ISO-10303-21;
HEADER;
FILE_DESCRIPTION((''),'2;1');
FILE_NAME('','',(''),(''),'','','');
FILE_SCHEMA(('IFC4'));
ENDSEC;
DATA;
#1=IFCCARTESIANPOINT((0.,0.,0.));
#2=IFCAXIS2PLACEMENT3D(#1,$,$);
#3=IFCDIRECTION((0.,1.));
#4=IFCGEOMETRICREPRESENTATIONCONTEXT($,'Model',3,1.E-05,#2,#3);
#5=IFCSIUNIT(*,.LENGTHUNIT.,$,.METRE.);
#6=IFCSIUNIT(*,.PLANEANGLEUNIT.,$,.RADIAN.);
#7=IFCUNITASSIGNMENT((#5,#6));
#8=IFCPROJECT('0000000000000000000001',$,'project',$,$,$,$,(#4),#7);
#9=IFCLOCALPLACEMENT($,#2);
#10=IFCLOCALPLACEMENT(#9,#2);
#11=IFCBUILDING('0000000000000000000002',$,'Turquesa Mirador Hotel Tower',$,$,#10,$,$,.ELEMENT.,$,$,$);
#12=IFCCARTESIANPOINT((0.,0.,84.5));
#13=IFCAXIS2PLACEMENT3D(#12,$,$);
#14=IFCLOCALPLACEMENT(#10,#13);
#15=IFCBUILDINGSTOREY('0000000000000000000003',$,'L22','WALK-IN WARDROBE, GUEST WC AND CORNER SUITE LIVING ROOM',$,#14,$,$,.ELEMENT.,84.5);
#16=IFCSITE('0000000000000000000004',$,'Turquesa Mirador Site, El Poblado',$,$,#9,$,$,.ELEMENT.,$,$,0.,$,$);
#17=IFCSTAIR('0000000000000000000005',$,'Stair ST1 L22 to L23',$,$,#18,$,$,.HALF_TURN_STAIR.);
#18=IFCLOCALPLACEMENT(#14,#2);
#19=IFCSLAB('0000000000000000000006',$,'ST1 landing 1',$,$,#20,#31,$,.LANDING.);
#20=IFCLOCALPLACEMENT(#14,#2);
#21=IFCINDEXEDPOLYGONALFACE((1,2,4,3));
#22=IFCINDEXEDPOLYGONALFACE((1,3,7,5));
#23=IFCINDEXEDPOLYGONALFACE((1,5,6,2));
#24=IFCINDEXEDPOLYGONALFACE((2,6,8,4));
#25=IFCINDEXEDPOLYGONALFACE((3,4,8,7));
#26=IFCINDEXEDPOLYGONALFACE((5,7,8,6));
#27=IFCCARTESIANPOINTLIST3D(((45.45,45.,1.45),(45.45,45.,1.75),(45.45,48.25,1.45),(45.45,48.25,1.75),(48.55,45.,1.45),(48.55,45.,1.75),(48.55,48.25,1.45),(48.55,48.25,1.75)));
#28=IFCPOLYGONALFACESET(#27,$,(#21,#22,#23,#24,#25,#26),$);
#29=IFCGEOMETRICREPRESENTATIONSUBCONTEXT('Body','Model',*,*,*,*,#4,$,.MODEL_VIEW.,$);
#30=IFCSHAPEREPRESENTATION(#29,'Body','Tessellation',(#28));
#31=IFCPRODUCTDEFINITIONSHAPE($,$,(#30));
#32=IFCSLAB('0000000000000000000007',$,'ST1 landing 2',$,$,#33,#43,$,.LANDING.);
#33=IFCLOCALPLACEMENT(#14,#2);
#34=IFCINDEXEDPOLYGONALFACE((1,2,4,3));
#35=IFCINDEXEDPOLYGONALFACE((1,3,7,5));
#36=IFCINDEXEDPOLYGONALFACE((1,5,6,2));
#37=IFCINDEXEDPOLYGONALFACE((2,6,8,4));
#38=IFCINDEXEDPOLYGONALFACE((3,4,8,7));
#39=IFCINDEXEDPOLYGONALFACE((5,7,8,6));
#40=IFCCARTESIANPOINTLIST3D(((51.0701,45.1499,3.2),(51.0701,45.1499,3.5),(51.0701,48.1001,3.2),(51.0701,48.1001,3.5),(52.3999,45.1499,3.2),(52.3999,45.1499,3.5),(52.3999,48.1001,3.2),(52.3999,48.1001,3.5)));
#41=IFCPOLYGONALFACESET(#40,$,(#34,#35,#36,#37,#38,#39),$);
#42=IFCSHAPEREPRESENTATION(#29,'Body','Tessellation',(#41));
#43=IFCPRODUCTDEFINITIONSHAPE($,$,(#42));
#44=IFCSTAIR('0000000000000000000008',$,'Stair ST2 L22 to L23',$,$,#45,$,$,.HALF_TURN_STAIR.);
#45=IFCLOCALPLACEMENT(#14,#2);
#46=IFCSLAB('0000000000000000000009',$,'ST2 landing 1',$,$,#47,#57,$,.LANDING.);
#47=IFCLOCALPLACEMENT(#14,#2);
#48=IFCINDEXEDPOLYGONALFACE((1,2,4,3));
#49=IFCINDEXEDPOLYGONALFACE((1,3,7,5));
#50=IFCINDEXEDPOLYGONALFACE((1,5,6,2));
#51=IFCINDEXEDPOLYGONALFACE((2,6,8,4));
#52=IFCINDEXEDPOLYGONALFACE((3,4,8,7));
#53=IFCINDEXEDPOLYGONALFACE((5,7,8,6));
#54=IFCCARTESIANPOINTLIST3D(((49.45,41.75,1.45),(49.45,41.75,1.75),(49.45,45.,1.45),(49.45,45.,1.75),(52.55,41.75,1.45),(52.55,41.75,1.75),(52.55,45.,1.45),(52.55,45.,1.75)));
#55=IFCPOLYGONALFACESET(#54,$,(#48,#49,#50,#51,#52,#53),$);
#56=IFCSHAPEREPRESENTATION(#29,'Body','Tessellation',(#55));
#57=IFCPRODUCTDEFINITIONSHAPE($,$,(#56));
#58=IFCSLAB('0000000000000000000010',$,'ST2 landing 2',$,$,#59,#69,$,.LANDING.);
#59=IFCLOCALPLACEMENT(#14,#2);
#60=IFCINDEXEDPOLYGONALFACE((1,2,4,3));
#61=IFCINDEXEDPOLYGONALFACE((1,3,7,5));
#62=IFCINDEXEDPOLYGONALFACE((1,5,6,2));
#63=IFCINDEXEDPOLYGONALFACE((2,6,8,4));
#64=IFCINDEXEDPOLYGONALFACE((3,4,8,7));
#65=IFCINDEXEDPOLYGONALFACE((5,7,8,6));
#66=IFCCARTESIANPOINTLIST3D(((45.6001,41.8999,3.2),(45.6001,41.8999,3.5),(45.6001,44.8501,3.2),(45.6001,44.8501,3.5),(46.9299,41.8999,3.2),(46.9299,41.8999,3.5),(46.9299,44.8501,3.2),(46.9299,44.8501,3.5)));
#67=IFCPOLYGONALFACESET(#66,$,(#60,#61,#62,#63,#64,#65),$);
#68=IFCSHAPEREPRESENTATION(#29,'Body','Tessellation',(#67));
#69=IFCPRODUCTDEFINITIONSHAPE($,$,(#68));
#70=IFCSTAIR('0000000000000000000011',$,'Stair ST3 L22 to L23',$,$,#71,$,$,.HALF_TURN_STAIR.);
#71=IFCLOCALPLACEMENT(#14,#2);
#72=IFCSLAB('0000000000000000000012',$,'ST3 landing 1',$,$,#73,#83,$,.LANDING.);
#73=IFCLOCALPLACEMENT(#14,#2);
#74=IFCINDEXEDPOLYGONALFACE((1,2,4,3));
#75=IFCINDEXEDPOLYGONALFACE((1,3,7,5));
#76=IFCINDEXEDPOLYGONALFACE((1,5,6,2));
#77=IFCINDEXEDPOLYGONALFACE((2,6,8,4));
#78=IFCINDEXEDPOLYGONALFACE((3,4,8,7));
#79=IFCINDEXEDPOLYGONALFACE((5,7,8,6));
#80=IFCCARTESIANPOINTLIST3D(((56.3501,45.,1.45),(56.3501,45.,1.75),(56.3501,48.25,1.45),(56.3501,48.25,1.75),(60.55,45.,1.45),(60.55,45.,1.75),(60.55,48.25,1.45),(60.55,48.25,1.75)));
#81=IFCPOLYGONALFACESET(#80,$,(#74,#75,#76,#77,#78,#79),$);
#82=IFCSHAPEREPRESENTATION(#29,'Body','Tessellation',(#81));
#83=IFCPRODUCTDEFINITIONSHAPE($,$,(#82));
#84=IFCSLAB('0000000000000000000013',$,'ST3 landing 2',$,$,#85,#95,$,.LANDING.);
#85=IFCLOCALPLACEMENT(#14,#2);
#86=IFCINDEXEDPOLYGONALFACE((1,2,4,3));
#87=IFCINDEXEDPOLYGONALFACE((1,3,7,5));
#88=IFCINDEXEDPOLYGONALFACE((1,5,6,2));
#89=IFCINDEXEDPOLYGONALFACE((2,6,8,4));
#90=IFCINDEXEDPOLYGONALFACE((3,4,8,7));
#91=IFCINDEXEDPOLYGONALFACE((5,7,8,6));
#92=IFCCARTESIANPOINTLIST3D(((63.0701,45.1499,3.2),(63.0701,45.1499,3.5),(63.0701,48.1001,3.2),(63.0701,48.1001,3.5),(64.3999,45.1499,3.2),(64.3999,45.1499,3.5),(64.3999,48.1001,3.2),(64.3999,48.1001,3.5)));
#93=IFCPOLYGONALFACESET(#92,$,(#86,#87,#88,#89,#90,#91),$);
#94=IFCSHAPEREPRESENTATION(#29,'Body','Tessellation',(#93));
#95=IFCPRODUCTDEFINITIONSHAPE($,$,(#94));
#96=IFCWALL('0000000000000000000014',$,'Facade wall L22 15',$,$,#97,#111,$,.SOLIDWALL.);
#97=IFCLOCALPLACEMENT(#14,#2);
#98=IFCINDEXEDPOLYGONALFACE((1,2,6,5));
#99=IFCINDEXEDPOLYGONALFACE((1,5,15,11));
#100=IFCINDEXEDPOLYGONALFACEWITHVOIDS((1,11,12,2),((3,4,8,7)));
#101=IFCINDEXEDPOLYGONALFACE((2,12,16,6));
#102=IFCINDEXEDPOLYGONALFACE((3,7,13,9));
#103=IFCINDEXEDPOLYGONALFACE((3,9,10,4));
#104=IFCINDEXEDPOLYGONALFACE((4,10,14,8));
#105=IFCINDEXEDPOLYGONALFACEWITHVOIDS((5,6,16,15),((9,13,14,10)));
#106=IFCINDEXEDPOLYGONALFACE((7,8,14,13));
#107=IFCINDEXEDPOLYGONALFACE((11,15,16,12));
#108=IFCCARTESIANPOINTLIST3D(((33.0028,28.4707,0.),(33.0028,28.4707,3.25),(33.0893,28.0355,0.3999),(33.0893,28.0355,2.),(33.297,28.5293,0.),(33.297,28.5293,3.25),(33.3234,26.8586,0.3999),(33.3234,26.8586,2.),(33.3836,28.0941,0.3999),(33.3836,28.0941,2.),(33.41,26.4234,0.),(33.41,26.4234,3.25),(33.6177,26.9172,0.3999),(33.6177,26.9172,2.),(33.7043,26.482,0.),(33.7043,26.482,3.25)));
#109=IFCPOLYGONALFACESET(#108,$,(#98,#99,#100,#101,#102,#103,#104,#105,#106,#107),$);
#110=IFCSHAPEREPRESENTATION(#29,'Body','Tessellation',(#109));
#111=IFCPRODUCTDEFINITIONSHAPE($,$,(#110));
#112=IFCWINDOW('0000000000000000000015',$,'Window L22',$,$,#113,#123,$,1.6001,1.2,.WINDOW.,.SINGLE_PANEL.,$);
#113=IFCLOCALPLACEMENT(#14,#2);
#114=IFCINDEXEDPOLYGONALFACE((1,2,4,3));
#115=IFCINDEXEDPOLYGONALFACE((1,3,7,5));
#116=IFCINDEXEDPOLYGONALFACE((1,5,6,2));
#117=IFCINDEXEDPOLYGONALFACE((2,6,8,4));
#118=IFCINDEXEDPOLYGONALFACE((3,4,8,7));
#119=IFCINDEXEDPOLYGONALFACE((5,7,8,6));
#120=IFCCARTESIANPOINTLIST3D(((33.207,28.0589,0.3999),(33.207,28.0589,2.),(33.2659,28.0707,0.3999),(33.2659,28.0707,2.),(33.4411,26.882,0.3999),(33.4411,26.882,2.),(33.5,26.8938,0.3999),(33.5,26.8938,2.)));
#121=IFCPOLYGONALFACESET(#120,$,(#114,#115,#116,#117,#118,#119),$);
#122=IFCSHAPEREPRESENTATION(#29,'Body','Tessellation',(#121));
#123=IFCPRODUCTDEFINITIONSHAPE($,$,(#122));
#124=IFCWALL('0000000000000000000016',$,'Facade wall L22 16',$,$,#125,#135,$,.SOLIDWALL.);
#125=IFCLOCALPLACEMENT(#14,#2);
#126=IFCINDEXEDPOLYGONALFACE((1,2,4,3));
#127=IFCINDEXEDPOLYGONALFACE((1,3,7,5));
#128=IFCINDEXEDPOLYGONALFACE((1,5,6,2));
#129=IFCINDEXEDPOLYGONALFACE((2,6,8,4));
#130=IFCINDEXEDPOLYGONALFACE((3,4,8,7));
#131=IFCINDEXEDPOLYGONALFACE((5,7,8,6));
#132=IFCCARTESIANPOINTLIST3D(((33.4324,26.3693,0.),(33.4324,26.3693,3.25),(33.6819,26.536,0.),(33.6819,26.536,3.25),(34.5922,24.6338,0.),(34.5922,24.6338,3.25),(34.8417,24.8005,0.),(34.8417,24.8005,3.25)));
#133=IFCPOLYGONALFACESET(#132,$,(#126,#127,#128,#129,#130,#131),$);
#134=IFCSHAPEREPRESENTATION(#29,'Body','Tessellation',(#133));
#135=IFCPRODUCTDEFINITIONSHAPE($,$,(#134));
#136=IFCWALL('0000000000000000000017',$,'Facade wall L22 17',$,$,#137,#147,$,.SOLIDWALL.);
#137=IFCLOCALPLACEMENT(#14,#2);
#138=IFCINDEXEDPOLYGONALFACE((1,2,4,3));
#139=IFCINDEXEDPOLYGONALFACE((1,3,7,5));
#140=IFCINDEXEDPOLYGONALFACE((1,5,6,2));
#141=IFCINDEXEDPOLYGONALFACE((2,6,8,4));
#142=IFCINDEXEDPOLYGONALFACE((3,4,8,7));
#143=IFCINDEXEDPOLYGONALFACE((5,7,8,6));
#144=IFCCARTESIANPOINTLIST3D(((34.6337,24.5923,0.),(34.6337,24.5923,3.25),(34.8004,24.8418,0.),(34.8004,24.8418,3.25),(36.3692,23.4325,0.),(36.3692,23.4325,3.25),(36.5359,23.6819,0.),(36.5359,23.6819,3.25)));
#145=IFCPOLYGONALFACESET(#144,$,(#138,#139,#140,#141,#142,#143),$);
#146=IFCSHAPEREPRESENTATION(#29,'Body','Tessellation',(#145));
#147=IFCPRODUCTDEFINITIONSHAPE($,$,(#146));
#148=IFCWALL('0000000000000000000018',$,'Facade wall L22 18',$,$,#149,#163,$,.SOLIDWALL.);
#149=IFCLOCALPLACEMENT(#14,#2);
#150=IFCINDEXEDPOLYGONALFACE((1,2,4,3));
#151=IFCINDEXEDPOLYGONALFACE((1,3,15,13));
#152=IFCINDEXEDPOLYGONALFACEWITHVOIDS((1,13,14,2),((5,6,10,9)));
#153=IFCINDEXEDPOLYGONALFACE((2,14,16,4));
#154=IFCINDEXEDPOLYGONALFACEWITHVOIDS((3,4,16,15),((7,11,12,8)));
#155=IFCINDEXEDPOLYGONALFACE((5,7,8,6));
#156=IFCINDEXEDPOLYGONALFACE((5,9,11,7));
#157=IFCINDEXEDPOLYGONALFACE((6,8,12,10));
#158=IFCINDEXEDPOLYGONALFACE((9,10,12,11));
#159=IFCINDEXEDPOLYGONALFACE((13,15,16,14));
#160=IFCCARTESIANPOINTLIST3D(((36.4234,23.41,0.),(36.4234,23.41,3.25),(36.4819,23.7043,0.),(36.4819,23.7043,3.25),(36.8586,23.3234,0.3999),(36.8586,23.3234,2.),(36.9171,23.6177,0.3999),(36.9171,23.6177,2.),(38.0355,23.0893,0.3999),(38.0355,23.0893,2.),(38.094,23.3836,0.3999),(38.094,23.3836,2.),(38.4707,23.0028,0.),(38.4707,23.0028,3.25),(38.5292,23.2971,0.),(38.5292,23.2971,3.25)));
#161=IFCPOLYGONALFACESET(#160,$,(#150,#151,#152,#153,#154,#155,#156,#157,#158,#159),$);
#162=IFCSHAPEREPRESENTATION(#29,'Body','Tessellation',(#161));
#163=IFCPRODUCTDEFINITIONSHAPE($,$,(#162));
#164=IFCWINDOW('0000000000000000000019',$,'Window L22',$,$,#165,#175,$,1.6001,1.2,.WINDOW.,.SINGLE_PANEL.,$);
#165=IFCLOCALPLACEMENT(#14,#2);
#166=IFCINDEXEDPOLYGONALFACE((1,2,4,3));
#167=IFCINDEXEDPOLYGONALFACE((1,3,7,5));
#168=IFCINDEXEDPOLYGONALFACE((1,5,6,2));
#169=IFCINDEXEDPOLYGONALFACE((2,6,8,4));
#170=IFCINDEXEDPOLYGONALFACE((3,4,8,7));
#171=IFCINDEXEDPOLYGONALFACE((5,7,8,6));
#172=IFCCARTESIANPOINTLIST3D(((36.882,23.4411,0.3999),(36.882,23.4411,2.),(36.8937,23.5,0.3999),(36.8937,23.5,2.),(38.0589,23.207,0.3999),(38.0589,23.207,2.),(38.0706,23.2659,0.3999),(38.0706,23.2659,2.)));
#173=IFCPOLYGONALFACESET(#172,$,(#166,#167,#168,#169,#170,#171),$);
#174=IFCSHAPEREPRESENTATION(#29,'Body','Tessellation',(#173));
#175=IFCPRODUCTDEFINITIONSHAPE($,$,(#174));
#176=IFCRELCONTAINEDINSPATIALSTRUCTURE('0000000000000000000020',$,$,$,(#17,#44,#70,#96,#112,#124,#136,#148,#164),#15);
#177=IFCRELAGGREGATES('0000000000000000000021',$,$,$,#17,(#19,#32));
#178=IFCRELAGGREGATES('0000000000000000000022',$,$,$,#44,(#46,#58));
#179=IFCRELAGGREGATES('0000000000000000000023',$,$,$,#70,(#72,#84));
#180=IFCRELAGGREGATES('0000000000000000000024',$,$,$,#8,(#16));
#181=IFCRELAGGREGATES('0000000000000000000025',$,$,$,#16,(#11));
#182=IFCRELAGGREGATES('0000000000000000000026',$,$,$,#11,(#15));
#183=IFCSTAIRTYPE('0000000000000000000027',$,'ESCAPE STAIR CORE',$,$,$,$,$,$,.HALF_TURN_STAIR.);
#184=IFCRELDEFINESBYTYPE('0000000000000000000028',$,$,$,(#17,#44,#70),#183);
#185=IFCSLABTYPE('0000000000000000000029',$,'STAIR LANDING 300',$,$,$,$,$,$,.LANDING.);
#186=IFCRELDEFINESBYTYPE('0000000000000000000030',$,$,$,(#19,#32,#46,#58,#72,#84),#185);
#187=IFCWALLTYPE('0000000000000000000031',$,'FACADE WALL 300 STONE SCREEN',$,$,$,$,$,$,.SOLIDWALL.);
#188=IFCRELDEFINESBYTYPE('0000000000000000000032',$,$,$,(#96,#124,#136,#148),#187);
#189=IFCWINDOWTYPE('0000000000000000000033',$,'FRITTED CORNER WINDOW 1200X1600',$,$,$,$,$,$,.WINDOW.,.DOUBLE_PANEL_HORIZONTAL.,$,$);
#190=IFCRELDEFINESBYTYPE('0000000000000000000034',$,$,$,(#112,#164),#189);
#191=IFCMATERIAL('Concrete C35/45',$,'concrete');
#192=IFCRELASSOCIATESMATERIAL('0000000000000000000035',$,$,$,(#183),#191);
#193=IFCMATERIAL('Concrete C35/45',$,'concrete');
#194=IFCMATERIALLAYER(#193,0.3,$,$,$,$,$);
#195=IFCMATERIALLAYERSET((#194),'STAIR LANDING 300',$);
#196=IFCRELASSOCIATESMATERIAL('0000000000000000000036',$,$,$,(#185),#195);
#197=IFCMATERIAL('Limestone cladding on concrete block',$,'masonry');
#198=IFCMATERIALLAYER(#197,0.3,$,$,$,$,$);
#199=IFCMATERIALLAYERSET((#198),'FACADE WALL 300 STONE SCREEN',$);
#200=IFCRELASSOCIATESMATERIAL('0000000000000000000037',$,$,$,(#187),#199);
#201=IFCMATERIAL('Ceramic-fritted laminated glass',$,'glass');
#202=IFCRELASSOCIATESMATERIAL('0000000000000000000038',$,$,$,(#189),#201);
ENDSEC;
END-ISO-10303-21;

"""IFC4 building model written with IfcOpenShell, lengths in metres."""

from ifc_helpers import new_model, si_unit, direction, frame, frame_2d, origin, place, context, subcontext, project, spatial, polyline, rectangle, outline, extrude, material, layer, layer_set, type_object, element, fill, aggregate, save


model = new_model("IFC4")

# Units and contexts
model_context = context("Model", 3, precision=1e-05, world=origin(), true_north=direction((0.0, 1.0)))
body_context = subcontext(model_context, "Body", "Model", "MODEL_VIEW")
ifc_project = project(units=[si_unit("LENGTHUNIT", "METRE"), si_unit("PLANEANGLEUNIT", "RADIAN")], contexts=[model_context])

# Site, building, storey
site_placement = place(None, origin())
site = spatial("IfcSite", under=ifc_project, at=site_placement, Name="Turquesa Mirador Site, El Poblado", CompositionType="ELEMENT", RefElevation=0.0)
building_placement = place(site_placement, origin())
building = spatial("IfcBuilding", under=site, at=building_placement, Name="Turquesa Mirador Hotel Tower", CompositionType="ELEMENT")
storey_placement = place(building_placement, frame((0.0, 0.0, 84.5)))
storey = spatial("IfcBuildingStorey", under=building, at=storey_placement, Name="L22", Description="WALK-IN WARDROBE, GUEST WC AND CORNER SUITE LIVING ROOM", CompositionType="ELEMENT", Elevation=84.5)

# Stairs, slabs
ifc_material_1 = material(Name="Concrete C35/45", Category="concrete")
stair_type = type_object("IfcStairType", Name="ESCAPE STAIR CORE", PredefinedType="HALF_TURN_STAIR", material=ifc_material_1)
stair_1_placement = place(storey_placement, origin())
stair_1 = element("IfcStair", 1, at=stair_1_placement, inside=storey, type_object=stair_type, Name="Stair ST1 L22 to L23", PredefinedType="HALF_TURN_STAIR")
ifc_material_2 = material(Name="Concrete C35/45", Category="concrete")
ifc_layer_1 = layer(ifc_material_2, 0.3)
ifc_layer_set_1 = layer_set([ifc_layer_1], Name="STAIR LANDING 300")
slab_type_1 = type_object("IfcSlabType", Name="STAIR LANDING 300", PredefinedType="LANDING", material=ifc_layer_set_1)
slab_1_placement = place(storey_placement, frame((0.0, 0.0, 1.45)))
slab_1 = element("IfcSlab", 2, at=slab_1_placement, type_object=slab_type_1, Name="ST1 landing 1", PredefinedType="LANDING", context=body_context, shape_type="SweptSolid", body=[
    extrude(outline(polyline([(45.45, 45.0), (48.55, 45.0), (48.55, 48.25), (45.45, 48.25), (45.45, 45.0)])), origin(), (0.0, 0.0, 1.0), 0.3),
])
slab_2_placement = place(storey_placement, frame((0.0, 0.0, 3.2)))
slab_2 = element("IfcSlab", 3, at=slab_2_placement, type_object=slab_type_1, Name="ST1 landing 2", PredefinedType="LANDING", context=body_context, shape_type="SweptSolid", body=[
    extrude(outline(polyline([(51.0701, 45.1499), (52.3999, 45.1499), (52.3999, 48.1001), (51.0701, 48.1001), (51.0701, 45.1499)])), origin(), (0.0, 0.0, 1.0), 0.3),
])
aggregate(stair_1, [slab_1, slab_2])
stair_2_placement = place(storey_placement, origin())
stair_2 = element("IfcStair", 4, at=stair_2_placement, inside=storey, type_object=stair_type, Name="Stair ST2 L22 to L23", PredefinedType="HALF_TURN_STAIR")
slab_3_placement = place(storey_placement, frame((0.0, 0.0, 1.45)))
slab_3 = element("IfcSlab", 5, at=slab_3_placement, type_object=slab_type_1, Name="ST2 landing 1", PredefinedType="LANDING", context=body_context, shape_type="SweptSolid", body=[
    extrude(outline(polyline([(52.55, 45.0), (49.45, 45.0), (49.45, 41.75), (52.55, 41.75), (52.55, 45.0)])), origin(), (0.0, 0.0, 1.0), 0.3),
])
slab_4_placement = place(storey_placement, frame((0.0, 0.0, 3.2)))
slab_4 = element("IfcSlab", 6, at=slab_4_placement, type_object=slab_type_1, Name="ST2 landing 2", PredefinedType="LANDING", context=body_context, shape_type="SweptSolid", body=[
    extrude(outline(polyline([(46.9299, 44.8501), (45.6001, 44.8501), (45.6001, 41.8999), (46.9299, 41.8999), (46.9299, 44.8501)])), origin(), (0.0, 0.0, 1.0), 0.3),
])
aggregate(stair_2, [slab_3, slab_4])
stair_3_placement = place(storey_placement, origin())
stair_3 = element("IfcStair", 7, at=stair_3_placement, inside=storey, type_object=stair_type, Name="Stair ST3 L22 to L23", PredefinedType="HALF_TURN_STAIR")
slab_5_placement = place(storey_placement, frame((0.0, 0.0, 1.45)))
slab_5 = element("IfcSlab", 8, at=slab_5_placement, type_object=slab_type_1, Name="ST3 landing 1", PredefinedType="LANDING", context=body_context, shape_type="SweptSolid", body=[
    extrude(outline(polyline([(56.3501, 45.0), (60.55, 45.0), (60.55, 48.25), (56.3501, 48.25), (56.3501, 45.0)])), origin(), (0.0, 0.0, 1.0), 0.3),
])
slab_6_placement = place(storey_placement, frame((0.0, 0.0, 3.2)))
slab_6 = element("IfcSlab", 9, at=slab_6_placement, type_object=slab_type_1, Name="ST3 landing 2", PredefinedType="LANDING", context=body_context, shape_type="SweptSolid", body=[
    extrude(outline(polyline([(63.0701, 45.1499), (64.3999, 45.1499), (64.3999, 48.1001), (63.0701, 48.1001), (63.0701, 45.1499)])), origin(), (0.0, 0.0, 1.0), 0.3),
])
aggregate(stair_3, [slab_5, slab_6])

# Wall, opening, window
ifc_material_3 = material(Name="Limestone cladding on concrete block", Category="masonry")
ifc_layer_2 = layer(ifc_material_3, 0.3)
ifc_layer_set_2 = layer_set([ifc_layer_2], Name="FACADE WALL 300 STONE SCREEN")
wall_type = type_object("IfcWallType", Name="FACADE WALL 300 STONE SCREEN", PredefinedType="SOLIDWALL", material=ifc_layer_set_2)
wall_1_placement = place(storey_placement, frame((33.1499, 28.5, 0.0), z_axis=(0.0, 0.0, 1.0), x_axis=(0.195081, -0.980787, 0.0)))
wall_1 = element("IfcWall", 10, at=wall_1_placement, inside=storey, type_object=wall_type, Name="Facade wall L22 15", PredefinedType="SOLIDWALL", context=body_context, shape_type="SweptSolid", body=[
    extrude(rectangle(XDim=2.0874, YDim=0.3, at=frame_2d((1.0437, 0.0))), origin(), (0.0, 0.0, 1.0), 3.25),
])
opening_1_placement = place(wall_1_placement, frame((0.4436, 0.0, 0.3999)))
opening_1 = element("IfcOpeningElement", 11, at=opening_1_placement, cuts=wall_1, PredefinedType="OPENING", context=body_context, shape_type="SweptSolid", body=[
    extrude(rectangle(XDim=1.2, YDim=1.6001, at=frame_2d((0.6001, 0.8))), frame((0.0, 0.1599, 0.0), z_axis=(0.0, -1.0, 0.0), x_axis=(1.0, 0.0, 0.0)), (0.0, 0.0, 1.0), 0.3201),
])
ifc_material_4 = material(Name="Ceramic-fritted laminated glass", Category="glass")
window_type_1 = type_object("IfcWindowType", Name="FRITTED CORNER WINDOW 1200X1600", PartitioningType="DOUBLE_PANEL_HORIZONTAL", PredefinedType="WINDOW", material=ifc_material_4)
window_1_placement = place(opening_1_placement, origin())
window_1 = element("IfcWindow", 12, at=window_1_placement, inside=storey, type_object=window_type_1, Name="Window L22", OverallHeight=1.6001, OverallWidth=1.2, PartitioningType="SINGLE_PANEL", PredefinedType="WINDOW", context=body_context, shape_type="SweptSolid", body=[
    extrude(rectangle(XDim=1.2, YDim=1.6001, at=frame_2d((0.6001, 0.8))), frame((0.0, 0.03, 0.0), z_axis=(0.0, -1.0, 0.0), x_axis=(1.0, 0.0, 0.0)), (0.0, 0.0, 1.0), 0.0601),
])
fill(opening_1, window_1)

# Walls
for number, where, z_axis, x_axis, name in (
    (13, (33.5571, 26.4526, 0.0), (0.0, 0.0, 1.0), (0.555644, -0.83142, 0.0), "Facade wall L22 16"),
    (14, (34.717, 24.717, 0.0), (0.0, 0.0, 1.0), (0.83142, -0.555644, 0.0), "Facade wall L22 17"),
):
    element("IfcWall", number, at=place(storey_placement, frame(where, z_axis=z_axis, x_axis=x_axis)), inside=storey, type_object=wall_type, Name=name, PredefinedType="SOLIDWALL", context=body_context, shape_type="SweptSolid", body=[
        extrude(rectangle(XDim=2.0874, YDim=0.3, at=frame_2d((1.0437, 0.0))), origin(), (0.0, 0.0, 1.0), 3.25),
    ])

# Wall, opening, window
wall_2_placement = place(storey_placement, frame((36.4526, 23.5571, 0.0), z_axis=(0.0, 0.0, 1.0), x_axis=(0.980787, -0.195081, 0.0)))
wall_2 = element("IfcWall", 15, at=wall_2_placement, inside=storey, type_object=wall_type, Name="Facade wall L22 18", PredefinedType="SOLIDWALL", context=body_context, shape_type="SweptSolid", body=[
    extrude(rectangle(XDim=2.0874, YDim=0.3, at=frame_2d((1.0437, 0.0))), origin(), (0.0, 0.0, 1.0), 3.25),
])
opening_2_placement = place(wall_2_placement, frame((0.4436, 0.0, 0.3999)))
opening_2 = element("IfcOpeningElement", 16, at=opening_2_placement, cuts=wall_2, PredefinedType="OPENING", context=body_context, shape_type="SweptSolid", body=[
    extrude(rectangle(XDim=1.2, YDim=1.6001, at=frame_2d((0.6001, 0.8))), frame((0.0, 0.1599, 0.0), z_axis=(0.0, -1.0, 0.0), x_axis=(1.0, 0.0, 0.0)), (0.0, 0.0, 1.0), 0.3201),
])
window_2_placement = place(opening_2_placement, origin())
window_2 = element("IfcWindow", 17, at=window_2_placement, inside=storey, type_object=window_type_1, Name="Window L22", OverallHeight=1.6001, OverallWidth=1.2, PartitioningType="SINGLE_PANEL", PredefinedType="WINDOW", context=body_context, shape_type="SweptSolid", body=[
    extrude(rectangle(XDim=1.2, YDim=1.6001, at=frame_2d((0.6001, 0.8))), frame((0.0, 0.03, 0.0), z_axis=(0.0, -1.0, 0.0), x_axis=(1.0, 0.0, 0.0)), (0.0, 0.0, 1.0), 0.0601),
])
fill(opening_2, window_2)

save(model, "model.ifc")
